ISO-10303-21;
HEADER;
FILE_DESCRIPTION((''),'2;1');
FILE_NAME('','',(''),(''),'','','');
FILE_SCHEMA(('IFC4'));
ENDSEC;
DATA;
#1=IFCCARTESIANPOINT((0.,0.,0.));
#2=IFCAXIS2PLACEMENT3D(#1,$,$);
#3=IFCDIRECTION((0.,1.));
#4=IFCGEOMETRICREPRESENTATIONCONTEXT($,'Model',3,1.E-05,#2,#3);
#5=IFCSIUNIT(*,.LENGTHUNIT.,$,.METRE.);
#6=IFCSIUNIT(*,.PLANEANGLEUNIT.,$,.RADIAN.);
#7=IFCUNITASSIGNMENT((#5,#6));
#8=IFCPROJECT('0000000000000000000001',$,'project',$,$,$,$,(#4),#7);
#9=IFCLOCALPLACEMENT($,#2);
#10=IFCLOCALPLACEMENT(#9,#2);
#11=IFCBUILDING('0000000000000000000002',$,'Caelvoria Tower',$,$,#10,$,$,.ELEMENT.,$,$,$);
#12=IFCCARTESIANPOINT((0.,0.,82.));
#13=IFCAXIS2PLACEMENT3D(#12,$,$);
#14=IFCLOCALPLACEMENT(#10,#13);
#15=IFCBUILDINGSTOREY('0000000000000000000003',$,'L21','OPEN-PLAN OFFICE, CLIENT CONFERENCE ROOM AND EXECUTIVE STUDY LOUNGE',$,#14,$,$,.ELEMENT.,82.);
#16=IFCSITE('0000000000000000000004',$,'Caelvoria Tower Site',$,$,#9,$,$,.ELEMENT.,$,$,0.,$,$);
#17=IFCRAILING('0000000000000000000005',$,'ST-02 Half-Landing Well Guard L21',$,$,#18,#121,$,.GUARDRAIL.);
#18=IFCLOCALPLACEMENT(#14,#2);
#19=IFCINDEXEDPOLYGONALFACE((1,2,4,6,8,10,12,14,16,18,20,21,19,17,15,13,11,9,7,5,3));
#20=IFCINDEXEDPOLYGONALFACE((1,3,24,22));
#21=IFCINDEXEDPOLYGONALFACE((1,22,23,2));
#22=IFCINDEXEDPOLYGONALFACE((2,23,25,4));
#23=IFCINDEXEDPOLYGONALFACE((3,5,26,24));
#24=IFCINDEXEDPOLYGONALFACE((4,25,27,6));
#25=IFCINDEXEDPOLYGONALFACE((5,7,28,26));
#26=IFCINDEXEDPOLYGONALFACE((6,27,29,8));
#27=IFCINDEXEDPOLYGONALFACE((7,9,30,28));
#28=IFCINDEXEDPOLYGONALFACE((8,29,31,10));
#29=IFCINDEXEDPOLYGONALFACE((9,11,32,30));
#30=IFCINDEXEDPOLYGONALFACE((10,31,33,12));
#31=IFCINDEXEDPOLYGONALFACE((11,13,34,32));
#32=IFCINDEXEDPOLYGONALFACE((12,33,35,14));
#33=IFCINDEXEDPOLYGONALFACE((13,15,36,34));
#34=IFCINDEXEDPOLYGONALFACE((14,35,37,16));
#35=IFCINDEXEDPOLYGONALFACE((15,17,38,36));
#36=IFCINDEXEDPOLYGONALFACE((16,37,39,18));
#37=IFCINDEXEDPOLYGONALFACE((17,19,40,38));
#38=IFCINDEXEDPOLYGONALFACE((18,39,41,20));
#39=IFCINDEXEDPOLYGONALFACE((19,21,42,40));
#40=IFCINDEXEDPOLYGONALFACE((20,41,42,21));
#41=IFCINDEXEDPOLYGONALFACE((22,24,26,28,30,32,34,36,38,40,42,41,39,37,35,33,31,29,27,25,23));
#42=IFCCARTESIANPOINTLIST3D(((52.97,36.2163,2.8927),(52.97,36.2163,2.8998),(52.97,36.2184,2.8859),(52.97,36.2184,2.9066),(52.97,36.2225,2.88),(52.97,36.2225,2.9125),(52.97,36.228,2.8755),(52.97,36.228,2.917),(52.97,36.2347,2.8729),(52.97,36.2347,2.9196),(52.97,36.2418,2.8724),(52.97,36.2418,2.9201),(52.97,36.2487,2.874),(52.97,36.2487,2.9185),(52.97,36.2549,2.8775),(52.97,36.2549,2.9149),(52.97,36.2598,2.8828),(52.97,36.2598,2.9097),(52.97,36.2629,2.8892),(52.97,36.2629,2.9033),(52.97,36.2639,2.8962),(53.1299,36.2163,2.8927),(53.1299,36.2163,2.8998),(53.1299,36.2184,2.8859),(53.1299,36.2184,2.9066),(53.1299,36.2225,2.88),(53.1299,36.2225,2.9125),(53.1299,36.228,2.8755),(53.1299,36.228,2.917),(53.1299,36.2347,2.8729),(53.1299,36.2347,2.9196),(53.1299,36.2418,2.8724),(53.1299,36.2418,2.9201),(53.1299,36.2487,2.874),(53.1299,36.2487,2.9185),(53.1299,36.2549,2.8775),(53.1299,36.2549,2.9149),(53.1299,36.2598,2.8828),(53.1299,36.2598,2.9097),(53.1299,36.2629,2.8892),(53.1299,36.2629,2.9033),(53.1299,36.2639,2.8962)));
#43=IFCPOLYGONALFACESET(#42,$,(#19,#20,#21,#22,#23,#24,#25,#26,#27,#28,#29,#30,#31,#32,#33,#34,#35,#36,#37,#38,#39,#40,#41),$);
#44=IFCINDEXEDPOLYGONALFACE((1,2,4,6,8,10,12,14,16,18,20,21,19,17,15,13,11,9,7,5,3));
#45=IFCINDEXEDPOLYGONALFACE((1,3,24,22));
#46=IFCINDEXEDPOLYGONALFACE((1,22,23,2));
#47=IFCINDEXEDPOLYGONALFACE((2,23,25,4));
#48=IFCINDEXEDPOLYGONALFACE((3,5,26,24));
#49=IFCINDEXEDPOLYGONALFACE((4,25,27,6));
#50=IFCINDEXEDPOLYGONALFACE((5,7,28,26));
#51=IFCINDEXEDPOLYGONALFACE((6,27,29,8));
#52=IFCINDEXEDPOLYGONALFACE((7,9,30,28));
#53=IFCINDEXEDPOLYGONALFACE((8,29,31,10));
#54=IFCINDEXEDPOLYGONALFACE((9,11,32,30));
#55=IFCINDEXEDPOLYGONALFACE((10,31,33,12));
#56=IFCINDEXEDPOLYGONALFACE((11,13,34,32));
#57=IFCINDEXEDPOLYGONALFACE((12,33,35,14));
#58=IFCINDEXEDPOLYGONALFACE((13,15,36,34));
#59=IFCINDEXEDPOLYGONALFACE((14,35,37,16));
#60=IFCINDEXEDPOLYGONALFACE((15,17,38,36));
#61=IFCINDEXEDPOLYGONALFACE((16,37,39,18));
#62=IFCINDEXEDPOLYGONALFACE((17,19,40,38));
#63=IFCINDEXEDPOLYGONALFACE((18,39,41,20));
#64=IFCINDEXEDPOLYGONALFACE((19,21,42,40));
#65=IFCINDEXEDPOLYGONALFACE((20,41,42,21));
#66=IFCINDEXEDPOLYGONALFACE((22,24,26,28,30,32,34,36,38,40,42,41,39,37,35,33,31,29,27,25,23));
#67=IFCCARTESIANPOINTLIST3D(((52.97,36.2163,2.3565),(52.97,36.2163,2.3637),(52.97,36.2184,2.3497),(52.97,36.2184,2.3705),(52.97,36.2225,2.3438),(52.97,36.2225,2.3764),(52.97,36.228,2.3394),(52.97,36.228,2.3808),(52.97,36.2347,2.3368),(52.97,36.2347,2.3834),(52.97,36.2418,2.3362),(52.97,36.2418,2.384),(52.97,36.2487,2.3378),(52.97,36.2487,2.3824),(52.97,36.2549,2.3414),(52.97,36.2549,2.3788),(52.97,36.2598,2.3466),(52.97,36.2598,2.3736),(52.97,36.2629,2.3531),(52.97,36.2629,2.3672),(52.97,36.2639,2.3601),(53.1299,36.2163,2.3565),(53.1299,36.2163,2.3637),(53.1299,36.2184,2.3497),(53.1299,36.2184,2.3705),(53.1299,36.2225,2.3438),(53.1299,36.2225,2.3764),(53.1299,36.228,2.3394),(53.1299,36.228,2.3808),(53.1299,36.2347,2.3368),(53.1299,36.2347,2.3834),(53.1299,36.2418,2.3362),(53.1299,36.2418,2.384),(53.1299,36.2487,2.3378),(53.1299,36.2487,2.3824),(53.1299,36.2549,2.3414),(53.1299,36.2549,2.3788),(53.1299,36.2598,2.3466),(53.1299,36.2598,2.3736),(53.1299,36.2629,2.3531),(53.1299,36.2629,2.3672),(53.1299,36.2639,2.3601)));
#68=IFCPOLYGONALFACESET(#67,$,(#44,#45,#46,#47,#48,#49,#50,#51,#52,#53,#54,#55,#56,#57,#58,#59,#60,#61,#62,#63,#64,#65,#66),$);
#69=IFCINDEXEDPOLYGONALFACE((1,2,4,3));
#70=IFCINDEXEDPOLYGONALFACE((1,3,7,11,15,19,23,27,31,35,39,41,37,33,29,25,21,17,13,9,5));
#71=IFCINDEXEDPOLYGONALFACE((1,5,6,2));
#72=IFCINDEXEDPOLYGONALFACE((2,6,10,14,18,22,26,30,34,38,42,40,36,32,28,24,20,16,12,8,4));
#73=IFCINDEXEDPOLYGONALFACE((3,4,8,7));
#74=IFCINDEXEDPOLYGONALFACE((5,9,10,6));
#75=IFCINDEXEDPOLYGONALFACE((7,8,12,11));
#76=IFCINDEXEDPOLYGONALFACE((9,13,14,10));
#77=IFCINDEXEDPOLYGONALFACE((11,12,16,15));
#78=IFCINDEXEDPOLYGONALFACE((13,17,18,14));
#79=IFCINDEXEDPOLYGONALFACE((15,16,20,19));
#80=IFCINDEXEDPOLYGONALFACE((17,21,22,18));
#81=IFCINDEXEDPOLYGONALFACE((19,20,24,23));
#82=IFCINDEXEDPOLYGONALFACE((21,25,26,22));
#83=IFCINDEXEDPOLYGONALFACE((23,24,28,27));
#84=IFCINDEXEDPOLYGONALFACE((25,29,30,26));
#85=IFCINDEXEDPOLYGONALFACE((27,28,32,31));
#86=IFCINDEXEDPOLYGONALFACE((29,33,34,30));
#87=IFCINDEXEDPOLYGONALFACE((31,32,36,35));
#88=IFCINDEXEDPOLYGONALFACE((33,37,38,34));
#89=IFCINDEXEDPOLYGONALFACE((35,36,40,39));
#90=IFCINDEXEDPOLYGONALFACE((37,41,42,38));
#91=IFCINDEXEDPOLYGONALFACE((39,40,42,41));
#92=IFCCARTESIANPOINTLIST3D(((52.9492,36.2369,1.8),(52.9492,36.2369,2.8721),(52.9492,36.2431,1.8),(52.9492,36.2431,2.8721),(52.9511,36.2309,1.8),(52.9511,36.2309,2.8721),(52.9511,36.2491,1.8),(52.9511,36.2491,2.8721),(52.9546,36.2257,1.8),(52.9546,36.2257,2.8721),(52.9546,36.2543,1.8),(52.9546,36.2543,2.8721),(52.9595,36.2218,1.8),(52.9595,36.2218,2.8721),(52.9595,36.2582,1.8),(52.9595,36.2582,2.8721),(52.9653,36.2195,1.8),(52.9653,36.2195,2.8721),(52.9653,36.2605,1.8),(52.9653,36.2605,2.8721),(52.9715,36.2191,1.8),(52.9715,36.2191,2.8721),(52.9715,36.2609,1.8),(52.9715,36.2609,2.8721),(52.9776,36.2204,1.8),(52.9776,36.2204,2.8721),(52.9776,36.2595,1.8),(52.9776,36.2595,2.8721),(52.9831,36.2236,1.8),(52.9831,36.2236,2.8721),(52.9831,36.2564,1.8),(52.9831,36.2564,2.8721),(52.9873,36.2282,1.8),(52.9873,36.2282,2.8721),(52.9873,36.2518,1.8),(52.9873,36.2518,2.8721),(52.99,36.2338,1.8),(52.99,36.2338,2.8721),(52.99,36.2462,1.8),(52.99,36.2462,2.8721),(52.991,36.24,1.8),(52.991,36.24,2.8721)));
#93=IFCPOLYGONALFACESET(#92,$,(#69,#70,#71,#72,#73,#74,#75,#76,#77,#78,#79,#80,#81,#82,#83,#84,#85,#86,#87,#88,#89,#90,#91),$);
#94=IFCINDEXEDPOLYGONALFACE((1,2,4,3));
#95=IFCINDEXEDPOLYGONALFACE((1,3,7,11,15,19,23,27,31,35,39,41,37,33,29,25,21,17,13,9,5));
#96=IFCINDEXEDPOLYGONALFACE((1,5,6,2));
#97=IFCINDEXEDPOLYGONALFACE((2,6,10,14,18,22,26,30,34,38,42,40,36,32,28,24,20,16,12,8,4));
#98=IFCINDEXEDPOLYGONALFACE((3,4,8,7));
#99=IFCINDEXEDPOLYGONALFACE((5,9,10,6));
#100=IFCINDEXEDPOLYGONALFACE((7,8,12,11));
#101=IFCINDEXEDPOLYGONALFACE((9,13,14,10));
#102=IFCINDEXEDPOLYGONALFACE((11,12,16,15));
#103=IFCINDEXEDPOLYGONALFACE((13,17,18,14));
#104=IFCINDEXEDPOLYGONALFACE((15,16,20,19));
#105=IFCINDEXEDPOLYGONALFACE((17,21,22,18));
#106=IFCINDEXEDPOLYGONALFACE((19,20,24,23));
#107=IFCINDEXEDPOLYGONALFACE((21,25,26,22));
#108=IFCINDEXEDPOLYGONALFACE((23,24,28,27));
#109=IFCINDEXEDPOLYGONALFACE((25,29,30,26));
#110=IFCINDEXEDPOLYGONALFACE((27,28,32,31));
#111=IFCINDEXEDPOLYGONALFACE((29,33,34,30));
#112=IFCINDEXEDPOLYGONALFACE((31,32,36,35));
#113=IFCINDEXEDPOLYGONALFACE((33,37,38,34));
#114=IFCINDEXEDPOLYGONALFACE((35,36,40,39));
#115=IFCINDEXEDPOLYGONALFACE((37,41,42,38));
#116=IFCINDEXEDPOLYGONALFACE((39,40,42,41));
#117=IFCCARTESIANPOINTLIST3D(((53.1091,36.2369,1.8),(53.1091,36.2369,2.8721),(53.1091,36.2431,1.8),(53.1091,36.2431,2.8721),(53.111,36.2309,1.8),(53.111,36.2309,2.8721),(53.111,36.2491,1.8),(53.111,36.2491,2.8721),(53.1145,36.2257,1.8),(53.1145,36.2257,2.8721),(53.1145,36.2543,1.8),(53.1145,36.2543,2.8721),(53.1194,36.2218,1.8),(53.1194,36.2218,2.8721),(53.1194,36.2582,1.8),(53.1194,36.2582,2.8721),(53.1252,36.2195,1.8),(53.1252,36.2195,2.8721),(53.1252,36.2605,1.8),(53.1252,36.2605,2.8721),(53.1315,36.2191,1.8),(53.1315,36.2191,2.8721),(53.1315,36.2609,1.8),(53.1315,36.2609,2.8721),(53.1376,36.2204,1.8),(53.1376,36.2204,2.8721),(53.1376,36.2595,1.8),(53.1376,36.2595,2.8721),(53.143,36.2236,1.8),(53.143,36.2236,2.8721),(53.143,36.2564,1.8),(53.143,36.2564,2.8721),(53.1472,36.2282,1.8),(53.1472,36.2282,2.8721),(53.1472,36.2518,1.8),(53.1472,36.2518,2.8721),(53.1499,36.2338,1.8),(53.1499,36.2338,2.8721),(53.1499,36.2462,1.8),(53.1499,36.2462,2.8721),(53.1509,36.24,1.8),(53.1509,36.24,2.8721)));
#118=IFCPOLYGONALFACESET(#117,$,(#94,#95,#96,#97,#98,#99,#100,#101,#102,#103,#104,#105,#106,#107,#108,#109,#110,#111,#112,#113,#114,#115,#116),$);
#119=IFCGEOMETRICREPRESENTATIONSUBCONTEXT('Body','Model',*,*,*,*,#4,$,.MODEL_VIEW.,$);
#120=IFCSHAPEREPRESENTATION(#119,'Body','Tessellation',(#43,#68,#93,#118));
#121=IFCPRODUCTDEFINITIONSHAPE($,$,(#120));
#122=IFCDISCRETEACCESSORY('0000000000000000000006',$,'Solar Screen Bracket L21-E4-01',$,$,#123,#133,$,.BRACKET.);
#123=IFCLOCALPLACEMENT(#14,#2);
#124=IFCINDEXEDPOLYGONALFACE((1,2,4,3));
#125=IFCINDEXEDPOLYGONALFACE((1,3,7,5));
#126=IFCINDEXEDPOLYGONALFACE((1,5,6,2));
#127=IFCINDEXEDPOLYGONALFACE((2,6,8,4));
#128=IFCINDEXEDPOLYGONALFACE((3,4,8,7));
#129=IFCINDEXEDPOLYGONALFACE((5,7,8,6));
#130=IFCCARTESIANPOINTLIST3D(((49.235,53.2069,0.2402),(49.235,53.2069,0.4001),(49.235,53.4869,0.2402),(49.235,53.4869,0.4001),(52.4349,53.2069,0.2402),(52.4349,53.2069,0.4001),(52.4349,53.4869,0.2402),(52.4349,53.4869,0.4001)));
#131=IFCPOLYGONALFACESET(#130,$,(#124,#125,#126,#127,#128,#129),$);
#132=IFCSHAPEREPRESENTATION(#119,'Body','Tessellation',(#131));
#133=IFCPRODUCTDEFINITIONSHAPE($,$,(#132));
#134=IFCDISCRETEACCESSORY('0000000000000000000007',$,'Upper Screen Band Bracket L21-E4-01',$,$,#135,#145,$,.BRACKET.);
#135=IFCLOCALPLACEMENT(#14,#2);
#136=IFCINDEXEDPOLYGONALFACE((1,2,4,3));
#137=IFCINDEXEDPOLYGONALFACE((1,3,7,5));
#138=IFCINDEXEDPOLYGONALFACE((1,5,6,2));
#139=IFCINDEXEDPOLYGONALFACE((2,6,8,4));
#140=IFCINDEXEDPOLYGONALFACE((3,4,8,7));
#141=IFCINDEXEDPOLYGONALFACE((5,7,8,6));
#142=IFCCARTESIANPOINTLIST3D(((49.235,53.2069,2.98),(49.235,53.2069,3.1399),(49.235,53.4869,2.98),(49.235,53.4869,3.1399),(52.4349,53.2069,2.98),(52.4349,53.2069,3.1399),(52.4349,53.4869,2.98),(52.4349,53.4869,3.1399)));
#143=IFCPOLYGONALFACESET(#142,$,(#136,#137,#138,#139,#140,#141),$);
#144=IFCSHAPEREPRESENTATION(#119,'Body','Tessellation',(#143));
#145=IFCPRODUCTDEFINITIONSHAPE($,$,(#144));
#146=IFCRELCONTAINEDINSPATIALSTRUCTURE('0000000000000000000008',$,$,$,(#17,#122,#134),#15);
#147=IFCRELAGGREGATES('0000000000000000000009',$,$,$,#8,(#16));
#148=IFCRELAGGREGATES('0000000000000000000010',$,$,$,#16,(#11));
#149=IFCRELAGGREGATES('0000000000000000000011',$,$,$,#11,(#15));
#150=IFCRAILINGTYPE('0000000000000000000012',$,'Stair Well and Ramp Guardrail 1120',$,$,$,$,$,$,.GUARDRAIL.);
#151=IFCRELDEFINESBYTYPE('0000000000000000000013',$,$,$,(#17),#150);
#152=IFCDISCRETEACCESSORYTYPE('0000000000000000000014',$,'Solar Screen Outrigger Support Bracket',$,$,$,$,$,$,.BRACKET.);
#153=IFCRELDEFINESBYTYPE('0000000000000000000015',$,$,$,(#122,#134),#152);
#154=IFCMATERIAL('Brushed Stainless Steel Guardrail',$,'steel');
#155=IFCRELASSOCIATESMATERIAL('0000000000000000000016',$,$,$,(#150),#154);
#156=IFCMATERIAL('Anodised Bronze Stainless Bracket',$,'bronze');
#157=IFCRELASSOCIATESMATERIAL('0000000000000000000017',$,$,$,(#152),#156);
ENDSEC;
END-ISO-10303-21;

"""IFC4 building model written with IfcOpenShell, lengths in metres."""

from ifc_helpers import new_model, si_unit, direction, frame, origin, origin_2d, place, context, subcontext, project, spatial, rectangle, circle, extrude, material, type_object, element, save


model = new_model("IFC4")

# Units and contexts
model_context = context("Model", 3, precision=1e-05, world=origin(), true_north=direction((0.0, 1.0)))
body_context = subcontext(model_context, "Body", "Model", "MODEL_VIEW")
ifc_project = project(units=[si_unit("LENGTHUNIT", "METRE"), si_unit("PLANEANGLEUNIT", "RADIAN")], contexts=[model_context])

# Site, building, storey
site_placement = place(None, origin())
site = spatial("IfcSite", under=ifc_project, at=site_placement, Name="Caelvoria Tower Site", CompositionType="ELEMENT", RefElevation=0.0)
building_placement = place(site_placement, origin())
building = spatial("IfcBuilding", under=site, at=building_placement, Name="Caelvoria Tower", CompositionType="ELEMENT")
storey_placement = place(building_placement, frame((0.0, 0.0, 82.0)))
storey = spatial("IfcBuildingStorey", under=building, at=storey_placement, Name="L21", Description="OPEN-PLAN OFFICE, CLIENT CONFERENCE ROOM AND EXECUTIVE STUDY LOUNGE", CompositionType="ELEMENT", Elevation=82.0)

# Railing
ifc_material_1 = material(Name="Brushed Stainless Steel Guardrail", Category="steel")
railing_type_1 = type_object("IfcRailingType", Name="Stair Well and Ramp Guardrail 1120", PredefinedType="GUARDRAIL", material=ifc_material_1)
railing_1_placement = place(storey_placement, frame((52.97, 36.24, 1.8)))
element("IfcRailing", 1, at=railing_1_placement, inside=storey, type_object=railing_type_1, Name="ST-02 Half-Landing Well Guard L21", PredefinedType="GUARDRAIL", context=body_context, shape_type="SweptSolid", body=[
    extrude(circle(Radius=0.0239, at=origin_2d()), frame((0.0, 0.0, 1.0962), z_axis=(1.0, 0.0, 0.0), x_axis=(0.0, 1.0, 0.0)), (0.0, 0.0, 1.0), 0.1599),
    extrude(circle(Radius=0.0239, at=origin_2d()), frame((0.0, 0.0, 0.5601), z_axis=(1.0, 0.0, 0.0), x_axis=(0.0, 1.0, 0.0)), (0.0, 0.0, 1.0), 0.1599),
    extrude(circle(Radius=0.021, at=origin_2d()), origin(), (0.0, 0.0, 1.0), 1.072),
    extrude(circle(Radius=0.021, at=origin_2d()), frame((0.1599, 0.0, 0.0)), (0.0, 0.0, 1.0), 1.072),
])

# Discrete accessories
ifc_material_2 = material(Name="Anodised Bronze Stainless Bracket", Category="bronze")
discrete_accessory_type = type_object("IfcDiscreteAccessoryType", Name="Solar Screen Outrigger Support Bracket", PredefinedType="BRACKET", material=ifc_material_2)
for number, where, z_axis, x_axis, name in (
    (2, (50.835, 53.3469, 0.2402), (0.0, 0.0, 1.0), (-1.0, 0.0, 0.0), "Solar Screen Bracket L21-E4-01"),
    (3, (50.835, 53.3469, 2.98), (0.0, 0.0, 1.0), (-1.0, 0.0, 0.0), "Upper Screen Band Bracket L21-E4-01"),
):
    element("IfcDiscreteAccessory", number, at=place(storey_placement, frame(where, z_axis=z_axis, x_axis=x_axis)), inside=storey, type_object=discrete_accessory_type, Name=name, PredefinedType="BRACKET", context=body_context, shape_type="SweptSolid", body=[
        extrude(rectangle(XDim=3.2, YDim=0.28, at=origin_2d()), origin(), (0.0, 0.0, 1.0), 0.1599),
    ])

save(model, "model.ifc")
